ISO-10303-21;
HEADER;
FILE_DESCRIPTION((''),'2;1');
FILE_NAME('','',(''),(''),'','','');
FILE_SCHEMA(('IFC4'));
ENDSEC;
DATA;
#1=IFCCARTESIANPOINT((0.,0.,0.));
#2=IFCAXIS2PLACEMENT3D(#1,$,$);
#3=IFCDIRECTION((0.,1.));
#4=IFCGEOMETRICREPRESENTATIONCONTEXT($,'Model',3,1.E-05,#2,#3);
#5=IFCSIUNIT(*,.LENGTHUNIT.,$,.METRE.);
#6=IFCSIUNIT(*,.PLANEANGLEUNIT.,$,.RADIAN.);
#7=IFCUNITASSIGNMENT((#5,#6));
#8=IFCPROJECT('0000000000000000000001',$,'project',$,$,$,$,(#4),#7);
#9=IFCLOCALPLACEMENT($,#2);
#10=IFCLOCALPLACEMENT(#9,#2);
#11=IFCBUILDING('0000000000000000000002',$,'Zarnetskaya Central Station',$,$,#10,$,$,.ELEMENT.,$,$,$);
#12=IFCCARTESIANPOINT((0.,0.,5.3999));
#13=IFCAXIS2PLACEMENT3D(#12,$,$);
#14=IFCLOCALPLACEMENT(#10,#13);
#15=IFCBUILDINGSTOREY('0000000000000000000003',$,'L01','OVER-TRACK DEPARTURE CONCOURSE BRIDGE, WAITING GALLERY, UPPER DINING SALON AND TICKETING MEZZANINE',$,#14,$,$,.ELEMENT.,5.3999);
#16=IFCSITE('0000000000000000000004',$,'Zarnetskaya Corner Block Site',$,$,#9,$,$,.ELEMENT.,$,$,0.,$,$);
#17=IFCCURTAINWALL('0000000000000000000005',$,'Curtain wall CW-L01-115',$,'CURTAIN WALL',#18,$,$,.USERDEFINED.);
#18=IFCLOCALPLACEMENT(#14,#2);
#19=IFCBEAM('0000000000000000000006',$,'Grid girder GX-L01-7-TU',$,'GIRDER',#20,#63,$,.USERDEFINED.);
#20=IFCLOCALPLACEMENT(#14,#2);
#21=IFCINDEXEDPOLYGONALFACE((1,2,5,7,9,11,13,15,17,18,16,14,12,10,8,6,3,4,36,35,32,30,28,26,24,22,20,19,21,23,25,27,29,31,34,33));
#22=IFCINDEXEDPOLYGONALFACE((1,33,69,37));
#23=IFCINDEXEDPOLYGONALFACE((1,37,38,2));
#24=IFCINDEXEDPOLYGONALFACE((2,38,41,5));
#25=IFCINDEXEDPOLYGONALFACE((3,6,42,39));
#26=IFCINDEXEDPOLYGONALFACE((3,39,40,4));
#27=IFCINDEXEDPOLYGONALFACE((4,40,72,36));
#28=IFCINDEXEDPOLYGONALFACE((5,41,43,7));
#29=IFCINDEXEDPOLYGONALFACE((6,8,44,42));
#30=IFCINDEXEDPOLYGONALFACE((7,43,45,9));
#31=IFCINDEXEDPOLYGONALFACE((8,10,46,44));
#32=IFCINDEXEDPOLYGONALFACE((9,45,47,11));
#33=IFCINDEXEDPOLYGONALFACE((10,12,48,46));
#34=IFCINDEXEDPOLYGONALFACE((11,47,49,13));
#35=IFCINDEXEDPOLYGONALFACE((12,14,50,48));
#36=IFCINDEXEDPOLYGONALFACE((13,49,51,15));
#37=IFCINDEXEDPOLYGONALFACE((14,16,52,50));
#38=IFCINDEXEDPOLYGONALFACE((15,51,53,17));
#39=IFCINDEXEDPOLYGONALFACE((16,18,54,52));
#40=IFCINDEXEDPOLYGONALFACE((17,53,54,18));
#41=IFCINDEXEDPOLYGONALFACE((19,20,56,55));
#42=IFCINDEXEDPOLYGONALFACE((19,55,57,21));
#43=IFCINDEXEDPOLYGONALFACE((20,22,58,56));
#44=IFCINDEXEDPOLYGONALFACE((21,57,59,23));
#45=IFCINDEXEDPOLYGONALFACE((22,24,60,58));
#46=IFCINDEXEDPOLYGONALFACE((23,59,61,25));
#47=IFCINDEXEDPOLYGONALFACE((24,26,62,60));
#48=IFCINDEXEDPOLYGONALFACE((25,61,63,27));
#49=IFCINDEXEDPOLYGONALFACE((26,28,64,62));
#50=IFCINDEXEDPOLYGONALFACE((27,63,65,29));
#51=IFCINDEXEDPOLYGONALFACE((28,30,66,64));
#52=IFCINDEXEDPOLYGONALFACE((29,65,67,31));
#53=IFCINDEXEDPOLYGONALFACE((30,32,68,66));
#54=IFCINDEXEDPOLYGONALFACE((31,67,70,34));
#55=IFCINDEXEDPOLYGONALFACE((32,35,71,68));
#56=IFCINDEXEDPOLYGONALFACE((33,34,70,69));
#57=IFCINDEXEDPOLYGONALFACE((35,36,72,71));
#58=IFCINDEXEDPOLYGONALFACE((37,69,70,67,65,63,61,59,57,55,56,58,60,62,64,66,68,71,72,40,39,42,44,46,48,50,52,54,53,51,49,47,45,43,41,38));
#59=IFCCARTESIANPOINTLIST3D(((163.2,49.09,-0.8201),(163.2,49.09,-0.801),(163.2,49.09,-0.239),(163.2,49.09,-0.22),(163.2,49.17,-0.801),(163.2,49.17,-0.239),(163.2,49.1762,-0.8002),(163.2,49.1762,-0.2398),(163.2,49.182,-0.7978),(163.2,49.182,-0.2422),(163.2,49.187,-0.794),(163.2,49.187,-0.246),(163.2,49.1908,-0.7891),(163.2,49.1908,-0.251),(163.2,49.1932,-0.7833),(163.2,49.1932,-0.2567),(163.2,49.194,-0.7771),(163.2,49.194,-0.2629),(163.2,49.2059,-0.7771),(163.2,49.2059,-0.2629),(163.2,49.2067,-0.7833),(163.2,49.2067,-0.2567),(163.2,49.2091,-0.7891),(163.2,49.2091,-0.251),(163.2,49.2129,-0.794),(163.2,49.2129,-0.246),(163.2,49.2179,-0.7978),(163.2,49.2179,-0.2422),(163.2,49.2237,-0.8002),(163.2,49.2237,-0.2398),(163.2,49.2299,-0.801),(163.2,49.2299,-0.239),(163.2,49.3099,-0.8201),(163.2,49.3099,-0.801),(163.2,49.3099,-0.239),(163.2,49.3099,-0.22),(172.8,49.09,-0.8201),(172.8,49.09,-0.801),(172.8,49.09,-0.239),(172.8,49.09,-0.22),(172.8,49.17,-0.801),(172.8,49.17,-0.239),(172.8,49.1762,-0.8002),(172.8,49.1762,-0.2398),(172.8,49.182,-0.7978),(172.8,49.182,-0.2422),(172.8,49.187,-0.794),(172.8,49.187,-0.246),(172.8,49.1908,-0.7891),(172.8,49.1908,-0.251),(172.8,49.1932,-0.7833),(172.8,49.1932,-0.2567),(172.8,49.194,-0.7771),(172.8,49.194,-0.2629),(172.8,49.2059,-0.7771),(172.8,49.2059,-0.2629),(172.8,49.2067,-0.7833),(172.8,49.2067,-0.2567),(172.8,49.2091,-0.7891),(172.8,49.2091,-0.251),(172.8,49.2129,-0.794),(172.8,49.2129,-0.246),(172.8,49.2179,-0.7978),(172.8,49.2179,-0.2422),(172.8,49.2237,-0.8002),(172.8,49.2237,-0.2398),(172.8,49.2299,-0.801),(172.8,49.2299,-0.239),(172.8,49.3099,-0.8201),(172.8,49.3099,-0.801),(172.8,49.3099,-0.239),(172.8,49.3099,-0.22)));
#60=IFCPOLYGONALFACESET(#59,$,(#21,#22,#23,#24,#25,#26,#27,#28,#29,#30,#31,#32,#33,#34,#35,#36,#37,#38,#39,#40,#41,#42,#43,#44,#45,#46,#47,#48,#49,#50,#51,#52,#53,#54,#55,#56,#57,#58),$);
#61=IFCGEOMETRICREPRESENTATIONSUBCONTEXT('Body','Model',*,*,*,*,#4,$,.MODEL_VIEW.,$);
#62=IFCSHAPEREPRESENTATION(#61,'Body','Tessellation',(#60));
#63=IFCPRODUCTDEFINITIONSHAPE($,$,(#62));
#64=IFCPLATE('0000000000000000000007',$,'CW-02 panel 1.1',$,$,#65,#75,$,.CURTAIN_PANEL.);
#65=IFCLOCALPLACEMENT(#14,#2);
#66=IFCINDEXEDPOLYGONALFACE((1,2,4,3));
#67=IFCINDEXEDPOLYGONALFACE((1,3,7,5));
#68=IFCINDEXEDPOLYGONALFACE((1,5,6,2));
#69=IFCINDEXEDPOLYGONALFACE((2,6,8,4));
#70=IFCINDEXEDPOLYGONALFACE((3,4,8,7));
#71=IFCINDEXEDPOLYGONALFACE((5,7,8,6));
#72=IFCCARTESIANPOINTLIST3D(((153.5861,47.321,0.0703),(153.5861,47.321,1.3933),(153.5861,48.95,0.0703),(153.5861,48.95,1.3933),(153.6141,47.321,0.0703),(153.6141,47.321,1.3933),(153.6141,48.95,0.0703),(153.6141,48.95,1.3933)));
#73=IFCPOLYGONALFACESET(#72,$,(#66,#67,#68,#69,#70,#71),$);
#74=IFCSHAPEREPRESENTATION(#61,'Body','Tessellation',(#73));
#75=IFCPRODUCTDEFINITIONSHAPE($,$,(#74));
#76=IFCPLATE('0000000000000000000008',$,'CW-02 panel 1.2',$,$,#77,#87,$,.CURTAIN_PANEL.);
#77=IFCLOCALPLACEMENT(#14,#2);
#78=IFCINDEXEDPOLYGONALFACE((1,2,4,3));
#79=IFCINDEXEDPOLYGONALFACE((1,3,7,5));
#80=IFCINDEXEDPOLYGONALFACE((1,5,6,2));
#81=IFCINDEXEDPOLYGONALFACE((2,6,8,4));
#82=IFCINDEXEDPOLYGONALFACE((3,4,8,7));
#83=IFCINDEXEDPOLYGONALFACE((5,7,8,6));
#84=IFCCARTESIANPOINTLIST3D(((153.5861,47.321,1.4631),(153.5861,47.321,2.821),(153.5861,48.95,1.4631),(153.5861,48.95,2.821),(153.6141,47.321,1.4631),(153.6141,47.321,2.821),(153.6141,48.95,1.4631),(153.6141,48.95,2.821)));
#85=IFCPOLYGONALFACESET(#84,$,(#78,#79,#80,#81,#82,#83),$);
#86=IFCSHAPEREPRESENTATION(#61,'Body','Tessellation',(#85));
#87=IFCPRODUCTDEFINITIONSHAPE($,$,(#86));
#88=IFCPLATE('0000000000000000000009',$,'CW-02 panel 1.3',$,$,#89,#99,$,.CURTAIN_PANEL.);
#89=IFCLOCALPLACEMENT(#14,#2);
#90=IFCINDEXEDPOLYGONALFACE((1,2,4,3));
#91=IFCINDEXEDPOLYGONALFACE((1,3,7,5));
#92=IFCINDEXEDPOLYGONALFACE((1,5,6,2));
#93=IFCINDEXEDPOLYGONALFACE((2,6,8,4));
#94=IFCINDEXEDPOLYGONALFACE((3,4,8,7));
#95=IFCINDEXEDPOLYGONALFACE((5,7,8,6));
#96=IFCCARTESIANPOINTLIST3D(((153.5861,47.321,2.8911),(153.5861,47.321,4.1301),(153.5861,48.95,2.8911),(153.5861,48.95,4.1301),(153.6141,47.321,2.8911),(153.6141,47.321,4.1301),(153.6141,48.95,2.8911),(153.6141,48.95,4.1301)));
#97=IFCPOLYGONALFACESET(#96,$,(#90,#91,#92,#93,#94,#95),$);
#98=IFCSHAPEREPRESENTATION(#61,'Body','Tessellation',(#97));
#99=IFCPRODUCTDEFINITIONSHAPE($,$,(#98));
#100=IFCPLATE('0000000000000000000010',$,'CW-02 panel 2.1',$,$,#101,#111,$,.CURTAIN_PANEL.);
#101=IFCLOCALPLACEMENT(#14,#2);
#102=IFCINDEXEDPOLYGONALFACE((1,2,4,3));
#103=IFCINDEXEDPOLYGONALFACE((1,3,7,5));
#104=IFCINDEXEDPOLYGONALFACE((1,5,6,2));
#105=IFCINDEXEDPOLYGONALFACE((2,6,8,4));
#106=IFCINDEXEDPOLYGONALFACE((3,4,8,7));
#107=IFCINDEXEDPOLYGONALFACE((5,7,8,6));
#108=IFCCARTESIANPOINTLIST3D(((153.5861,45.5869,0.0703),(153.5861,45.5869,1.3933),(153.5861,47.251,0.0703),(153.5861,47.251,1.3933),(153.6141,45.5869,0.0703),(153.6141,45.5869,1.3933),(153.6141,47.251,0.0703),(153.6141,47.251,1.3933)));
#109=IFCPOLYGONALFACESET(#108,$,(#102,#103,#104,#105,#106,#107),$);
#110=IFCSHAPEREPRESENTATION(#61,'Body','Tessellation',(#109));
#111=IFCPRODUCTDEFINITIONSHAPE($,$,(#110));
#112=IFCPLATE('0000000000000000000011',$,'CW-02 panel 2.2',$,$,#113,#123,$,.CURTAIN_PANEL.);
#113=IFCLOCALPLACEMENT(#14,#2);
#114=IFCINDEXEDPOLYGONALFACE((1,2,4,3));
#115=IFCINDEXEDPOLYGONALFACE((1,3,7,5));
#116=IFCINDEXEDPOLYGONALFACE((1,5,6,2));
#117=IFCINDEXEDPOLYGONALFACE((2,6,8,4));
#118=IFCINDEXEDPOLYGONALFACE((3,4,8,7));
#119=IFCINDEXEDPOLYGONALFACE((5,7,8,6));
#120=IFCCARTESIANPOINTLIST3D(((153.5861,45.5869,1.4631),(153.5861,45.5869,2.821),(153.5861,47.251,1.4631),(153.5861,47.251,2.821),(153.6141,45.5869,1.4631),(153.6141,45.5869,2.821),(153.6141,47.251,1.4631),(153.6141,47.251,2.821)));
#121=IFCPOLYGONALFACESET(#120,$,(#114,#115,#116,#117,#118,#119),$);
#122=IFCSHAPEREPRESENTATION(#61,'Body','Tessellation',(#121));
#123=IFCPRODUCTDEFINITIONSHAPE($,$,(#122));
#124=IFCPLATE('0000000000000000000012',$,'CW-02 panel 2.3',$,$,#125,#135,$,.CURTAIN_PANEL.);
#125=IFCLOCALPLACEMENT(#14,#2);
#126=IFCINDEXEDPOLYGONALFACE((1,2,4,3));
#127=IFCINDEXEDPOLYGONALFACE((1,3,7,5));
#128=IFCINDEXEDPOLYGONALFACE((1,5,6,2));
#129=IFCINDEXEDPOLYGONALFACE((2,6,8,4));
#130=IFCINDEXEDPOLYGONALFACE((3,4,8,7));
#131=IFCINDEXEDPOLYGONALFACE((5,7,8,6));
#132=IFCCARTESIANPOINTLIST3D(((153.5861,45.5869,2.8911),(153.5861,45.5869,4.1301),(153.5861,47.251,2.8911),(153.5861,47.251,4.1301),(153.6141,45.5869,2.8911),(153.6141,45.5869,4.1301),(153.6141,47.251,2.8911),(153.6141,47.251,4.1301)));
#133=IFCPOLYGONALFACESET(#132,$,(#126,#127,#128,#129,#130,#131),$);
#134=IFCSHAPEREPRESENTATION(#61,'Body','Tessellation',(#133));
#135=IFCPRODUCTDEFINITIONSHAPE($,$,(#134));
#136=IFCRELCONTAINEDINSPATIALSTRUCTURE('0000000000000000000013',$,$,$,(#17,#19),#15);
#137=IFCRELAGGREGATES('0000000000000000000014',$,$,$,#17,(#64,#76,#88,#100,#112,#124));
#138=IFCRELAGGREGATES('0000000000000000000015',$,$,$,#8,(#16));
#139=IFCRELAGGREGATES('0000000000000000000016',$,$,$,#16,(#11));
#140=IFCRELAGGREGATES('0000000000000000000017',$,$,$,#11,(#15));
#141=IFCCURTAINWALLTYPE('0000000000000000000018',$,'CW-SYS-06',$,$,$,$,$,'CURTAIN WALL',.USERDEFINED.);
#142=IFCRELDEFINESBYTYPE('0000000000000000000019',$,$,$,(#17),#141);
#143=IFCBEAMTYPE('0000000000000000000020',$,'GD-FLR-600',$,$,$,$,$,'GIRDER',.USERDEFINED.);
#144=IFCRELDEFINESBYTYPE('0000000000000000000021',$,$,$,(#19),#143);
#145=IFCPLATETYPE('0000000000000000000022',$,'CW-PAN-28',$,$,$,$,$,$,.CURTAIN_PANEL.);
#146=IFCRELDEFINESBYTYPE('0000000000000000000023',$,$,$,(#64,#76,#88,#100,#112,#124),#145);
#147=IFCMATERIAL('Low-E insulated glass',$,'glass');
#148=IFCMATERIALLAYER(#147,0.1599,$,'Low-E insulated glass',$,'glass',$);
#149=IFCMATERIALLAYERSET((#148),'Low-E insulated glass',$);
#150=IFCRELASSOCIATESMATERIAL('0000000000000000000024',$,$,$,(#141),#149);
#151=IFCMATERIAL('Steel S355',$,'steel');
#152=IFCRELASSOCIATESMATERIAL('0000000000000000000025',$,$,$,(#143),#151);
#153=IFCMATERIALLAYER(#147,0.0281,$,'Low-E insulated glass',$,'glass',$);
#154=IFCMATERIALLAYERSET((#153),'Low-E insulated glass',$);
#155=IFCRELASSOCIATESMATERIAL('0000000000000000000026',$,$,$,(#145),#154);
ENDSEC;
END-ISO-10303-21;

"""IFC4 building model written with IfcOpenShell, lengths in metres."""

from ifc_helpers import new_model, si_unit, direction, frame, origin, origin_2d, place, context, subcontext, project, spatial, rectangle, i_section, extrude, material, layer, layer_set, material_profile, profile_set, type_object, element, aggregate, save


model = new_model("IFC4")

# Units and contexts
model_context = context("Model", 3, precision=1e-05, world=origin(), true_north=direction((0.0, 1.0)))
body_context = subcontext(model_context, "Body", "Model", "MODEL_VIEW")
ifc_project = project(units=[si_unit("LENGTHUNIT", "METRE"), si_unit("PLANEANGLEUNIT", "RADIAN")], contexts=[model_context])

# Site, building, storey
site_placement = place(None, origin())
site = spatial("IfcSite", under=ifc_project, at=site_placement, Name="Zarnetskaya Corner Block Site", CompositionType="ELEMENT", RefElevation=0.0)
building_placement = place(site_placement, origin())
building = spatial("IfcBuilding", under=site, at=building_placement, Name="Zarnetskaya Central Station", CompositionType="ELEMENT")
storey_placement = place(building_placement, frame((0.0, 0.0, 5.3999)))
storey = spatial("IfcBuildingStorey", under=building, at=storey_placement, Name="L01", Description="OVER-TRACK DEPARTURE CONCOURSE BRIDGE, WAITING GALLERY, UPPER DINING SALON AND TICKETING MEZZANINE", CompositionType="ELEMENT", Elevation=5.3999)

# Shared definitions
ifc_material_1 = material(Name="Steel S355", Category="steel")

# Curtain wall
ifc_material_2 = material(Name="Low-E insulated glass", Category="glass")
ifc_layer_1 = layer(ifc_material_2, 0.1599, Name="Low-E insulated glass", Category="glass")
ifc_layer_set_1 = layer_set([ifc_layer_1], Name="Low-E insulated glass")
curtain_wall_type = type_object("IfcCurtainWallType", Name="CW-SYS-06", ElementType="CURTAIN WALL", PredefinedType="USERDEFINED", material=ifc_layer_set_1)
curtain_wall_placement = place(storey_placement, origin())
curtain_wall = element("IfcCurtainWall", 1, at=curtain_wall_placement, inside=storey, type_object=curtain_wall_type, Name="Curtain wall CW-L01-115", ObjectType="CURTAIN WALL", PredefinedType="USERDEFINED")

# Beam
ifc_material_profile_1 = material_profile(ifc_material_1, i_section(OverallWidth=0.22, OverallDepth=0.6001, WebThickness=0.012, FlangeThickness=0.019, FilletRadius=0.0239, at=origin_2d()), Name="IPE 600")
ifc_profile_set_1 = profile_set([ifc_material_profile_1], Name="Steel S355")
beam_type_1 = type_object("IfcBeamType", Name="GD-FLR-600", ElementType="GIRDER", PredefinedType="USERDEFINED", material=ifc_profile_set_1)
for number, where, z_axis, x_axis, name in (
    (2, (163.2, 49.2, -0.52), (1.0, 0.0, 0.0), (0.0, 1.0, 0.0), "Grid girder GX-L01-7-TU"),
):
    element("IfcBeam", number, at=place(storey_placement, frame(where, z_axis=z_axis, x_axis=x_axis)), inside=storey, type_object=beam_type_1, Name=name, ObjectType="GIRDER", PredefinedType="USERDEFINED", context=body_context, shape_type="SweptSolid", body=[
        extrude(i_section(OverallWidth=0.22, OverallDepth=0.6001, WebThickness=0.012, FlangeThickness=0.019, FilletRadius=0.0239, at=origin_2d()), origin(), (0.0, 0.0, 1.0), 9.6001),
    ])

# Plates
ifc_layer_2 = layer(ifc_material_2, 0.0281, Name="Low-E insulated glass", Category="glass")
ifc_layer_set_2 = layer_set([ifc_layer_2], Name="Low-E insulated glass")
plate_type = type_object("IfcPlateType", Name="CW-PAN-28", PredefinedType="CURTAIN_PANEL", material=ifc_layer_set_2)
plate_1_placement = place(storey_placement, frame((153.6001, 48.1355, 0.0703), z_axis=(0.0, 0.0, 1.0), x_axis=(0.0, -1.0, 0.0)))
plate_1 = element("IfcPlate", 3, at=plate_1_placement, type_object=plate_type, Name="CW-02 panel 1.1", PredefinedType="CURTAIN_PANEL", context=body_context, shape_type="SweptSolid", body=[
    extrude(rectangle(XDim=1.6289, YDim=0.0281, at=origin_2d()), origin(), (0.0, 0.0, 1.0), 1.323),
])
plate_2_placement = place(storey_placement, frame((153.6001, 48.1355, 1.4631), z_axis=(0.0, 0.0, 1.0), x_axis=(0.0, -1.0, 0.0)))
plate_2 = element("IfcPlate", 4, at=plate_2_placement, type_object=plate_type, Name="CW-02 panel 1.2", PredefinedType="CURTAIN_PANEL", context=body_context, shape_type="SweptSolid", body=[
    extrude(rectangle(XDim=1.6289, YDim=0.0281, at=origin_2d()), origin(), (0.0, 0.0, 1.0), 1.3579),
])
plate_3_placement = place(storey_placement, frame((153.6001, 48.1355, 2.8911), z_axis=(0.0, 0.0, 1.0), x_axis=(0.0, -1.0, 0.0)))
plate_3 = element("IfcPlate", 5, at=plate_3_placement, type_object=plate_type, Name="CW-02 panel 1.3", PredefinedType="CURTAIN_PANEL", context=body_context, shape_type="SweptSolid", body=[
    extrude(rectangle(XDim=1.6289, YDim=0.0281, at=origin_2d()), origin(), (0.0, 0.0, 1.0), 1.239),
])
plate_4_placement = place(storey_placement, frame((153.6001, 46.4189, 0.0703), z_axis=(0.0, 0.0, 1.0), x_axis=(0.0, -1.0, 0.0)))
plate_4 = element("IfcPlate", 6, at=plate_4_placement, type_object=plate_type, Name="CW-02 panel 2.1", PredefinedType="CURTAIN_PANEL", context=body_context, shape_type="SweptSolid", body=[
    extrude(rectangle(XDim=1.6641, YDim=0.0281, at=origin_2d()), origin(), (0.0, 0.0, 1.0), 1.323),
])
plate_5_placement = place(storey_placement, frame((153.6001, 46.4189, 1.4631), z_axis=(0.0, 0.0, 1.0), x_axis=(0.0, -1.0, 0.0)))
plate_5 = element("IfcPlate", 7, at=plate_5_placement, type_object=plate_type, Name="CW-02 panel 2.2", PredefinedType="CURTAIN_PANEL", context=body_context, shape_type="SweptSolid", body=[
    extrude(rectangle(XDim=1.6641, YDim=0.0281, at=origin_2d()), origin(), (0.0, 0.0, 1.0), 1.3579),
])
plate_6_placement = place(storey_placement, frame((153.6001, 46.4189, 2.8911), z_axis=(0.0, 0.0, 1.0), x_axis=(0.0, -1.0, 0.0)))
plate_6 = element("IfcPlate", 8, at=plate_6_placement, type_object=plate_type, Name="CW-02 panel 2.3", PredefinedType="CURTAIN_PANEL", context=body_context, shape_type="SweptSolid", body=[
    extrude(rectangle(XDim=1.6641, YDim=0.0281, at=origin_2d()), origin(), (0.0, 0.0, 1.0), 1.239),
])
aggregate(curtain_wall, [plate_1, plate_2, plate_3, plate_4, plate_5, plate_6])

save(model, "model.ifc")
